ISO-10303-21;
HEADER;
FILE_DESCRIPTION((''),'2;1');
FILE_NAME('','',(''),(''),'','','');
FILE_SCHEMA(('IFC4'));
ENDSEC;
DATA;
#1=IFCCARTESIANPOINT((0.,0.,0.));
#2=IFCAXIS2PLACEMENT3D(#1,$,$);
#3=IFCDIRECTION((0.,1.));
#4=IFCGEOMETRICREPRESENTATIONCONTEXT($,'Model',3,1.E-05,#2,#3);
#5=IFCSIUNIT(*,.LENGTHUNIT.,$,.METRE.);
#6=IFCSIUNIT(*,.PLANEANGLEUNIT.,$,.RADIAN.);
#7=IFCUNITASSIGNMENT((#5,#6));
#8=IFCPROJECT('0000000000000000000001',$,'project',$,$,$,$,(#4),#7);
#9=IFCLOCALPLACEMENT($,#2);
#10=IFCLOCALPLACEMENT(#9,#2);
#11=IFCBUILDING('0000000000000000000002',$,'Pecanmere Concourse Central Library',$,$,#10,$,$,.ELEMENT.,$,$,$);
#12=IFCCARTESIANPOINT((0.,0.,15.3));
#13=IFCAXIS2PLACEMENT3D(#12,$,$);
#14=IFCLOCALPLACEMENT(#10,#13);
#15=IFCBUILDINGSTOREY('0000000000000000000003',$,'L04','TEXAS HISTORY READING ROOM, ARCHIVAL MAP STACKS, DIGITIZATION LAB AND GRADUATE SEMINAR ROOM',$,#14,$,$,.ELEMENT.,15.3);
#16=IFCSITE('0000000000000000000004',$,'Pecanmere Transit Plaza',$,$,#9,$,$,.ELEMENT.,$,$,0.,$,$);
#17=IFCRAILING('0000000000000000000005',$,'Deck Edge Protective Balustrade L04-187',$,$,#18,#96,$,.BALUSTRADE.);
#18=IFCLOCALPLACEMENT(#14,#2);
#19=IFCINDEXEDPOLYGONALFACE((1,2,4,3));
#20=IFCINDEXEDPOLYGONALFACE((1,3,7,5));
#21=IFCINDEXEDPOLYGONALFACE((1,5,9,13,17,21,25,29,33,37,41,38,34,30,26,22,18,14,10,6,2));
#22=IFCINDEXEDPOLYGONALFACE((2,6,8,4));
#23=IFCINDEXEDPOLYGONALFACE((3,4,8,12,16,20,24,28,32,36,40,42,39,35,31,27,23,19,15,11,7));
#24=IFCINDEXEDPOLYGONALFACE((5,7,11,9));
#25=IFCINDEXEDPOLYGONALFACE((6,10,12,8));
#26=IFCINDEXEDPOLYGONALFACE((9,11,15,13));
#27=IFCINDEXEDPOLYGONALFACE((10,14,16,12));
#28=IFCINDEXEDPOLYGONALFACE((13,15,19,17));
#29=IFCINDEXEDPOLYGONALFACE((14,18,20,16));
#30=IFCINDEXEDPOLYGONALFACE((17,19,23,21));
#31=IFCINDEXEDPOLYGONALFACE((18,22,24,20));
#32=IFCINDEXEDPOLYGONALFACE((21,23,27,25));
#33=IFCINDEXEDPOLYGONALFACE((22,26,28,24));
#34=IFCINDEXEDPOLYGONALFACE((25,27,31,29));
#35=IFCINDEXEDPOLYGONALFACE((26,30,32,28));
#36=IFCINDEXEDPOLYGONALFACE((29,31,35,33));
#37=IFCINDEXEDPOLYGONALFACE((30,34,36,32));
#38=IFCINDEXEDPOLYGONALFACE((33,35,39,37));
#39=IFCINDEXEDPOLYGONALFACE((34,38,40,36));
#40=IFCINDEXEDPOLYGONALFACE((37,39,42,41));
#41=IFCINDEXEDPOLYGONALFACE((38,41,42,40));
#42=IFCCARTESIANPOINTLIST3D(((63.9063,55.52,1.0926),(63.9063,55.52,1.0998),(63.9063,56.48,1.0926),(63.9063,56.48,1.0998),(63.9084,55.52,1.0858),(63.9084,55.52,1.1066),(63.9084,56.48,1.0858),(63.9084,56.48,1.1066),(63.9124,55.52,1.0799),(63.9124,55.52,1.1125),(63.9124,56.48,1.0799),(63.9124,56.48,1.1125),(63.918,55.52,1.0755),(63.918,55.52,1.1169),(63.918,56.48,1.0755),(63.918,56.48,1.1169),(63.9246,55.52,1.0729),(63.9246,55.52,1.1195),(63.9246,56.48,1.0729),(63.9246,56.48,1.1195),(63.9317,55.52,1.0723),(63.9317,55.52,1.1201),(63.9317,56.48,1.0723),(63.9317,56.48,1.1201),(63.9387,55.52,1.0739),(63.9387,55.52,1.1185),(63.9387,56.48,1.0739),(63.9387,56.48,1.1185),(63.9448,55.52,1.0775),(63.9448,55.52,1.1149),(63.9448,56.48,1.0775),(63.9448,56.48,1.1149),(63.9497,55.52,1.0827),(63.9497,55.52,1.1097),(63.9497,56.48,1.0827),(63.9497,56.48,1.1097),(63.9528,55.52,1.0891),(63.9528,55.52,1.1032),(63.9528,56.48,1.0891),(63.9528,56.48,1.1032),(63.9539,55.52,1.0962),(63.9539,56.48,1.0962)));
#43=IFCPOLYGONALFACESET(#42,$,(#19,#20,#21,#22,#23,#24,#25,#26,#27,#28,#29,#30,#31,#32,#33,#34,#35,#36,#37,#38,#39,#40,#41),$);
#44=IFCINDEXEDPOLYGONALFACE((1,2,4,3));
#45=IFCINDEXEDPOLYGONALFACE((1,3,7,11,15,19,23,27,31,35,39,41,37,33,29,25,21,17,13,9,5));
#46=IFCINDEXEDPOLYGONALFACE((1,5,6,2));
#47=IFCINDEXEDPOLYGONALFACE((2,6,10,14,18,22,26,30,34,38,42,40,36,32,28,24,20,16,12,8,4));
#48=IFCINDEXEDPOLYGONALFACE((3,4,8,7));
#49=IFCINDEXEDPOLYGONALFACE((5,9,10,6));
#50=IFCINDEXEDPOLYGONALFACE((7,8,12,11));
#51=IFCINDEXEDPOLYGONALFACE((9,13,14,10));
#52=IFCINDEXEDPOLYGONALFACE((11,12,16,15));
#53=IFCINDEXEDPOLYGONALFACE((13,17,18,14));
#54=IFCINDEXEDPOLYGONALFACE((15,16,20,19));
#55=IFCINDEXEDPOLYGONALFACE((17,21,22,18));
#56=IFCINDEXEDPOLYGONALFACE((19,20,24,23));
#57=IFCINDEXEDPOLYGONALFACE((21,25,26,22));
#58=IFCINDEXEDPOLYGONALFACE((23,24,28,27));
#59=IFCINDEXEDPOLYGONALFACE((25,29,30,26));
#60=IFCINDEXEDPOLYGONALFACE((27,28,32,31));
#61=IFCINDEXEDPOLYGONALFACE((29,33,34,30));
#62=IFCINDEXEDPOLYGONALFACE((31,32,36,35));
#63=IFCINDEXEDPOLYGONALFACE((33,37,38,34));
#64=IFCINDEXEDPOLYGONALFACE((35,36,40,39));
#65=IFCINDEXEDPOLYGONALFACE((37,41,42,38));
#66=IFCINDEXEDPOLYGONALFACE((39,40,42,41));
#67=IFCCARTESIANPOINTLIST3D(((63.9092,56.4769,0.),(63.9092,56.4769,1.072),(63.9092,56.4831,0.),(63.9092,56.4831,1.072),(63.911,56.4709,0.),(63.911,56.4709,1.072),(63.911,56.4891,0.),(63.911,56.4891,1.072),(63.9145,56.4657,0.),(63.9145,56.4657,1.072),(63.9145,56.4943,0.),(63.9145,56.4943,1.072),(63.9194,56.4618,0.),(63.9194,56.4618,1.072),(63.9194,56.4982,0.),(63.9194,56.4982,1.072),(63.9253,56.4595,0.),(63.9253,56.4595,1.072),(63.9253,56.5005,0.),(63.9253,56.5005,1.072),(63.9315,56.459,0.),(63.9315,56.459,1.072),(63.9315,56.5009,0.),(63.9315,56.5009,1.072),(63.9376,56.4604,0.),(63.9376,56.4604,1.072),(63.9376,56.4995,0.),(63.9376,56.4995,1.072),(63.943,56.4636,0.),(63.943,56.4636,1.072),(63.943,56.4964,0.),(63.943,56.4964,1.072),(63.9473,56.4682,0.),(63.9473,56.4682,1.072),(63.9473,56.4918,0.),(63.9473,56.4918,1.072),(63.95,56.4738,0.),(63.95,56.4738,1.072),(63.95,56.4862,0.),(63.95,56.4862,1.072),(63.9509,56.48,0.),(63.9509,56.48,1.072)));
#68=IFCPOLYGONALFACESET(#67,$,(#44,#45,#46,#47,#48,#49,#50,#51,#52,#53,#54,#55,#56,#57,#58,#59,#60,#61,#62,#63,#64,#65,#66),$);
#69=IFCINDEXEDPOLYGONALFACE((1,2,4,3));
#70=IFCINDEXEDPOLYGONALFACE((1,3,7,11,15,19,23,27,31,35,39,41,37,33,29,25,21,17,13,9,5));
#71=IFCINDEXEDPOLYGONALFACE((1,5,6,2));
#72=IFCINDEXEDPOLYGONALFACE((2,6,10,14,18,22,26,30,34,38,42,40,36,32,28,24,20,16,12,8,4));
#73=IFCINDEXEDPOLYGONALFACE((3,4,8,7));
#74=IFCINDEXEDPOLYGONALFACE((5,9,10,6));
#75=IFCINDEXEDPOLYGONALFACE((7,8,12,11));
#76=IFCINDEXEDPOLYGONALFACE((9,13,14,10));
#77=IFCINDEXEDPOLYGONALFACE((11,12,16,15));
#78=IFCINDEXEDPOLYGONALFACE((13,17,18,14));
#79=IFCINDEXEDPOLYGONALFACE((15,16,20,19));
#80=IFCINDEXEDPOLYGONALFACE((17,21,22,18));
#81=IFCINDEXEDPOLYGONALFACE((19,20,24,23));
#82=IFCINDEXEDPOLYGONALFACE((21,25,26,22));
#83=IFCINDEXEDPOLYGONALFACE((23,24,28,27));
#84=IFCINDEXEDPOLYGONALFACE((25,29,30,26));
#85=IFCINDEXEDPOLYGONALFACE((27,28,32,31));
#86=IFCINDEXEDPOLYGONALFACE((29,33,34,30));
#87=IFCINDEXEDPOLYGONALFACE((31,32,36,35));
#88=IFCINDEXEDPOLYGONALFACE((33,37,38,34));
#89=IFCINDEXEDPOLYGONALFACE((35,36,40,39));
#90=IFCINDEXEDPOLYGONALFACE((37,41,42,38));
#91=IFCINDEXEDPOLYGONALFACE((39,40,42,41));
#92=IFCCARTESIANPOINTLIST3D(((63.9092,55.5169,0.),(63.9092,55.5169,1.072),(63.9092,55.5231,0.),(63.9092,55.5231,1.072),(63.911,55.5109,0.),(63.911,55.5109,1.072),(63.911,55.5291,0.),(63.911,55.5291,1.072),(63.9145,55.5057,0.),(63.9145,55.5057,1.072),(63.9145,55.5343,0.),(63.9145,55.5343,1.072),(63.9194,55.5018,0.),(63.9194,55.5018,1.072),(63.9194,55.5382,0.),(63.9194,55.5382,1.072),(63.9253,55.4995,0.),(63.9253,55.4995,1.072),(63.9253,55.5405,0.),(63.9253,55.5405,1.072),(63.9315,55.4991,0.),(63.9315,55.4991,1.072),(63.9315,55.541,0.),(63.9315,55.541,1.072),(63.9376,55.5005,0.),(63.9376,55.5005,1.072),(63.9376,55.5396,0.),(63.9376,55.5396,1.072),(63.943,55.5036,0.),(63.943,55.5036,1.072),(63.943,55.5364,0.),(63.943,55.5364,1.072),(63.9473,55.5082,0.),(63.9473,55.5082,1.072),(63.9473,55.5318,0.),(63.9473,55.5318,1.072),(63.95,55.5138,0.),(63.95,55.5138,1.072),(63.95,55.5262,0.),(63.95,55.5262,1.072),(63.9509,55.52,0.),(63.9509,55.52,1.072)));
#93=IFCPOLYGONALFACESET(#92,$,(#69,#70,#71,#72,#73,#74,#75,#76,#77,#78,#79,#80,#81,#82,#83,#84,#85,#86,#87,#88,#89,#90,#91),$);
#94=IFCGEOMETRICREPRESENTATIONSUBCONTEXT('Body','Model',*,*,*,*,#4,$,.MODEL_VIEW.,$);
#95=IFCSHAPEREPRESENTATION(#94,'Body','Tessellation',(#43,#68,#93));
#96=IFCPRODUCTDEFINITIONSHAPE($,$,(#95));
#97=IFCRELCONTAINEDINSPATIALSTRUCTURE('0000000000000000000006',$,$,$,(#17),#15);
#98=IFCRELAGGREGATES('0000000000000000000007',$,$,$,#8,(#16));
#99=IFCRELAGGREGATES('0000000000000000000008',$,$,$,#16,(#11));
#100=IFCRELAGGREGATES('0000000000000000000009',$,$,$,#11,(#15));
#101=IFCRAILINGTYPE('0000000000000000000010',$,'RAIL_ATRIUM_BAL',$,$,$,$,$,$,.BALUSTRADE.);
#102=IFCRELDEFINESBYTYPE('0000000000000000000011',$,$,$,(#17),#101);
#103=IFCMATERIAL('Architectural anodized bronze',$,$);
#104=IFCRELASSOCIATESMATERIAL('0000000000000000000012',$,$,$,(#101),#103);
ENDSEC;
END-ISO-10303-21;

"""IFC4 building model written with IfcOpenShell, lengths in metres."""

from ifc_helpers import new_model, si_unit, direction, frame, origin, origin_2d, place, context, subcontext, project, spatial, circle, extrude, material, type_object, element, save


model = new_model("IFC4")

# Units and contexts
model_context = context("Model", 3, precision=1e-05, world=origin(), true_north=direction((0.0, 1.0)))
body_context = subcontext(model_context, "Body", "Model", "MODEL_VIEW")
ifc_project = project(units=[si_unit("LENGTHUNIT", "METRE"), si_unit("PLANEANGLEUNIT", "RADIAN")], contexts=[model_context])

# Site, building, storey
site_placement = place(None, origin())
site = spatial("IfcSite", under=ifc_project, at=site_placement, Name="Pecanmere Transit Plaza", CompositionType="ELEMENT", RefElevation=0.0)
building_placement = place(site_placement, origin())
building = spatial("IfcBuilding", under=site, at=building_placement, Name="Pecanmere Concourse Central Library", CompositionType="ELEMENT")
storey_placement = place(building_placement, frame((0.0, 0.0, 15.3)))
storey = spatial("IfcBuildingStorey", under=building, at=storey_placement, Name="L04", Description="TEXAS HISTORY READING ROOM, ARCHIVAL MAP STACKS, DIGITIZATION LAB AND GRADUATE SEMINAR ROOM", CompositionType="ELEMENT", Elevation=15.3)

# Railing
ifc_material_1 = material(Name="Architectural anodized bronze")
railing_type = type_object("IfcRailingType", Name="RAIL_ATRIUM_BAL", PredefinedType="BALUSTRADE", material=ifc_material_1)
for number, where, name in (
    (1, (63.9299, 56.48, 0.0), "Deck Edge Protective Balustrade L04-187"),
):
    element("IfcRailing", number, at=place(storey_placement, frame(where)), inside=storey, type_object=railing_type, Name=name, PredefinedType="BALUSTRADE", context=body_context, shape_type="SweptSolid", body=[
        extrude(circle(Radius=0.0239, at=origin_2d()), frame((0.0, 0.0, 1.0962), z_axis=(0.0, -1.0, 0.0), x_axis=(1.0, 0.0, 0.0)), (0.0, 0.0, 1.0), 0.96),
        extrude(circle(Radius=0.021, at=origin_2d()), origin(), (0.0, 0.0, 1.0), 1.072),
        extrude(circle(Radius=0.021, at=origin_2d()), frame((0.0, -0.96, 0.0)), (0.0, 0.0, 1.0), 1.072),
    ])

save(model, "model.ifc")
